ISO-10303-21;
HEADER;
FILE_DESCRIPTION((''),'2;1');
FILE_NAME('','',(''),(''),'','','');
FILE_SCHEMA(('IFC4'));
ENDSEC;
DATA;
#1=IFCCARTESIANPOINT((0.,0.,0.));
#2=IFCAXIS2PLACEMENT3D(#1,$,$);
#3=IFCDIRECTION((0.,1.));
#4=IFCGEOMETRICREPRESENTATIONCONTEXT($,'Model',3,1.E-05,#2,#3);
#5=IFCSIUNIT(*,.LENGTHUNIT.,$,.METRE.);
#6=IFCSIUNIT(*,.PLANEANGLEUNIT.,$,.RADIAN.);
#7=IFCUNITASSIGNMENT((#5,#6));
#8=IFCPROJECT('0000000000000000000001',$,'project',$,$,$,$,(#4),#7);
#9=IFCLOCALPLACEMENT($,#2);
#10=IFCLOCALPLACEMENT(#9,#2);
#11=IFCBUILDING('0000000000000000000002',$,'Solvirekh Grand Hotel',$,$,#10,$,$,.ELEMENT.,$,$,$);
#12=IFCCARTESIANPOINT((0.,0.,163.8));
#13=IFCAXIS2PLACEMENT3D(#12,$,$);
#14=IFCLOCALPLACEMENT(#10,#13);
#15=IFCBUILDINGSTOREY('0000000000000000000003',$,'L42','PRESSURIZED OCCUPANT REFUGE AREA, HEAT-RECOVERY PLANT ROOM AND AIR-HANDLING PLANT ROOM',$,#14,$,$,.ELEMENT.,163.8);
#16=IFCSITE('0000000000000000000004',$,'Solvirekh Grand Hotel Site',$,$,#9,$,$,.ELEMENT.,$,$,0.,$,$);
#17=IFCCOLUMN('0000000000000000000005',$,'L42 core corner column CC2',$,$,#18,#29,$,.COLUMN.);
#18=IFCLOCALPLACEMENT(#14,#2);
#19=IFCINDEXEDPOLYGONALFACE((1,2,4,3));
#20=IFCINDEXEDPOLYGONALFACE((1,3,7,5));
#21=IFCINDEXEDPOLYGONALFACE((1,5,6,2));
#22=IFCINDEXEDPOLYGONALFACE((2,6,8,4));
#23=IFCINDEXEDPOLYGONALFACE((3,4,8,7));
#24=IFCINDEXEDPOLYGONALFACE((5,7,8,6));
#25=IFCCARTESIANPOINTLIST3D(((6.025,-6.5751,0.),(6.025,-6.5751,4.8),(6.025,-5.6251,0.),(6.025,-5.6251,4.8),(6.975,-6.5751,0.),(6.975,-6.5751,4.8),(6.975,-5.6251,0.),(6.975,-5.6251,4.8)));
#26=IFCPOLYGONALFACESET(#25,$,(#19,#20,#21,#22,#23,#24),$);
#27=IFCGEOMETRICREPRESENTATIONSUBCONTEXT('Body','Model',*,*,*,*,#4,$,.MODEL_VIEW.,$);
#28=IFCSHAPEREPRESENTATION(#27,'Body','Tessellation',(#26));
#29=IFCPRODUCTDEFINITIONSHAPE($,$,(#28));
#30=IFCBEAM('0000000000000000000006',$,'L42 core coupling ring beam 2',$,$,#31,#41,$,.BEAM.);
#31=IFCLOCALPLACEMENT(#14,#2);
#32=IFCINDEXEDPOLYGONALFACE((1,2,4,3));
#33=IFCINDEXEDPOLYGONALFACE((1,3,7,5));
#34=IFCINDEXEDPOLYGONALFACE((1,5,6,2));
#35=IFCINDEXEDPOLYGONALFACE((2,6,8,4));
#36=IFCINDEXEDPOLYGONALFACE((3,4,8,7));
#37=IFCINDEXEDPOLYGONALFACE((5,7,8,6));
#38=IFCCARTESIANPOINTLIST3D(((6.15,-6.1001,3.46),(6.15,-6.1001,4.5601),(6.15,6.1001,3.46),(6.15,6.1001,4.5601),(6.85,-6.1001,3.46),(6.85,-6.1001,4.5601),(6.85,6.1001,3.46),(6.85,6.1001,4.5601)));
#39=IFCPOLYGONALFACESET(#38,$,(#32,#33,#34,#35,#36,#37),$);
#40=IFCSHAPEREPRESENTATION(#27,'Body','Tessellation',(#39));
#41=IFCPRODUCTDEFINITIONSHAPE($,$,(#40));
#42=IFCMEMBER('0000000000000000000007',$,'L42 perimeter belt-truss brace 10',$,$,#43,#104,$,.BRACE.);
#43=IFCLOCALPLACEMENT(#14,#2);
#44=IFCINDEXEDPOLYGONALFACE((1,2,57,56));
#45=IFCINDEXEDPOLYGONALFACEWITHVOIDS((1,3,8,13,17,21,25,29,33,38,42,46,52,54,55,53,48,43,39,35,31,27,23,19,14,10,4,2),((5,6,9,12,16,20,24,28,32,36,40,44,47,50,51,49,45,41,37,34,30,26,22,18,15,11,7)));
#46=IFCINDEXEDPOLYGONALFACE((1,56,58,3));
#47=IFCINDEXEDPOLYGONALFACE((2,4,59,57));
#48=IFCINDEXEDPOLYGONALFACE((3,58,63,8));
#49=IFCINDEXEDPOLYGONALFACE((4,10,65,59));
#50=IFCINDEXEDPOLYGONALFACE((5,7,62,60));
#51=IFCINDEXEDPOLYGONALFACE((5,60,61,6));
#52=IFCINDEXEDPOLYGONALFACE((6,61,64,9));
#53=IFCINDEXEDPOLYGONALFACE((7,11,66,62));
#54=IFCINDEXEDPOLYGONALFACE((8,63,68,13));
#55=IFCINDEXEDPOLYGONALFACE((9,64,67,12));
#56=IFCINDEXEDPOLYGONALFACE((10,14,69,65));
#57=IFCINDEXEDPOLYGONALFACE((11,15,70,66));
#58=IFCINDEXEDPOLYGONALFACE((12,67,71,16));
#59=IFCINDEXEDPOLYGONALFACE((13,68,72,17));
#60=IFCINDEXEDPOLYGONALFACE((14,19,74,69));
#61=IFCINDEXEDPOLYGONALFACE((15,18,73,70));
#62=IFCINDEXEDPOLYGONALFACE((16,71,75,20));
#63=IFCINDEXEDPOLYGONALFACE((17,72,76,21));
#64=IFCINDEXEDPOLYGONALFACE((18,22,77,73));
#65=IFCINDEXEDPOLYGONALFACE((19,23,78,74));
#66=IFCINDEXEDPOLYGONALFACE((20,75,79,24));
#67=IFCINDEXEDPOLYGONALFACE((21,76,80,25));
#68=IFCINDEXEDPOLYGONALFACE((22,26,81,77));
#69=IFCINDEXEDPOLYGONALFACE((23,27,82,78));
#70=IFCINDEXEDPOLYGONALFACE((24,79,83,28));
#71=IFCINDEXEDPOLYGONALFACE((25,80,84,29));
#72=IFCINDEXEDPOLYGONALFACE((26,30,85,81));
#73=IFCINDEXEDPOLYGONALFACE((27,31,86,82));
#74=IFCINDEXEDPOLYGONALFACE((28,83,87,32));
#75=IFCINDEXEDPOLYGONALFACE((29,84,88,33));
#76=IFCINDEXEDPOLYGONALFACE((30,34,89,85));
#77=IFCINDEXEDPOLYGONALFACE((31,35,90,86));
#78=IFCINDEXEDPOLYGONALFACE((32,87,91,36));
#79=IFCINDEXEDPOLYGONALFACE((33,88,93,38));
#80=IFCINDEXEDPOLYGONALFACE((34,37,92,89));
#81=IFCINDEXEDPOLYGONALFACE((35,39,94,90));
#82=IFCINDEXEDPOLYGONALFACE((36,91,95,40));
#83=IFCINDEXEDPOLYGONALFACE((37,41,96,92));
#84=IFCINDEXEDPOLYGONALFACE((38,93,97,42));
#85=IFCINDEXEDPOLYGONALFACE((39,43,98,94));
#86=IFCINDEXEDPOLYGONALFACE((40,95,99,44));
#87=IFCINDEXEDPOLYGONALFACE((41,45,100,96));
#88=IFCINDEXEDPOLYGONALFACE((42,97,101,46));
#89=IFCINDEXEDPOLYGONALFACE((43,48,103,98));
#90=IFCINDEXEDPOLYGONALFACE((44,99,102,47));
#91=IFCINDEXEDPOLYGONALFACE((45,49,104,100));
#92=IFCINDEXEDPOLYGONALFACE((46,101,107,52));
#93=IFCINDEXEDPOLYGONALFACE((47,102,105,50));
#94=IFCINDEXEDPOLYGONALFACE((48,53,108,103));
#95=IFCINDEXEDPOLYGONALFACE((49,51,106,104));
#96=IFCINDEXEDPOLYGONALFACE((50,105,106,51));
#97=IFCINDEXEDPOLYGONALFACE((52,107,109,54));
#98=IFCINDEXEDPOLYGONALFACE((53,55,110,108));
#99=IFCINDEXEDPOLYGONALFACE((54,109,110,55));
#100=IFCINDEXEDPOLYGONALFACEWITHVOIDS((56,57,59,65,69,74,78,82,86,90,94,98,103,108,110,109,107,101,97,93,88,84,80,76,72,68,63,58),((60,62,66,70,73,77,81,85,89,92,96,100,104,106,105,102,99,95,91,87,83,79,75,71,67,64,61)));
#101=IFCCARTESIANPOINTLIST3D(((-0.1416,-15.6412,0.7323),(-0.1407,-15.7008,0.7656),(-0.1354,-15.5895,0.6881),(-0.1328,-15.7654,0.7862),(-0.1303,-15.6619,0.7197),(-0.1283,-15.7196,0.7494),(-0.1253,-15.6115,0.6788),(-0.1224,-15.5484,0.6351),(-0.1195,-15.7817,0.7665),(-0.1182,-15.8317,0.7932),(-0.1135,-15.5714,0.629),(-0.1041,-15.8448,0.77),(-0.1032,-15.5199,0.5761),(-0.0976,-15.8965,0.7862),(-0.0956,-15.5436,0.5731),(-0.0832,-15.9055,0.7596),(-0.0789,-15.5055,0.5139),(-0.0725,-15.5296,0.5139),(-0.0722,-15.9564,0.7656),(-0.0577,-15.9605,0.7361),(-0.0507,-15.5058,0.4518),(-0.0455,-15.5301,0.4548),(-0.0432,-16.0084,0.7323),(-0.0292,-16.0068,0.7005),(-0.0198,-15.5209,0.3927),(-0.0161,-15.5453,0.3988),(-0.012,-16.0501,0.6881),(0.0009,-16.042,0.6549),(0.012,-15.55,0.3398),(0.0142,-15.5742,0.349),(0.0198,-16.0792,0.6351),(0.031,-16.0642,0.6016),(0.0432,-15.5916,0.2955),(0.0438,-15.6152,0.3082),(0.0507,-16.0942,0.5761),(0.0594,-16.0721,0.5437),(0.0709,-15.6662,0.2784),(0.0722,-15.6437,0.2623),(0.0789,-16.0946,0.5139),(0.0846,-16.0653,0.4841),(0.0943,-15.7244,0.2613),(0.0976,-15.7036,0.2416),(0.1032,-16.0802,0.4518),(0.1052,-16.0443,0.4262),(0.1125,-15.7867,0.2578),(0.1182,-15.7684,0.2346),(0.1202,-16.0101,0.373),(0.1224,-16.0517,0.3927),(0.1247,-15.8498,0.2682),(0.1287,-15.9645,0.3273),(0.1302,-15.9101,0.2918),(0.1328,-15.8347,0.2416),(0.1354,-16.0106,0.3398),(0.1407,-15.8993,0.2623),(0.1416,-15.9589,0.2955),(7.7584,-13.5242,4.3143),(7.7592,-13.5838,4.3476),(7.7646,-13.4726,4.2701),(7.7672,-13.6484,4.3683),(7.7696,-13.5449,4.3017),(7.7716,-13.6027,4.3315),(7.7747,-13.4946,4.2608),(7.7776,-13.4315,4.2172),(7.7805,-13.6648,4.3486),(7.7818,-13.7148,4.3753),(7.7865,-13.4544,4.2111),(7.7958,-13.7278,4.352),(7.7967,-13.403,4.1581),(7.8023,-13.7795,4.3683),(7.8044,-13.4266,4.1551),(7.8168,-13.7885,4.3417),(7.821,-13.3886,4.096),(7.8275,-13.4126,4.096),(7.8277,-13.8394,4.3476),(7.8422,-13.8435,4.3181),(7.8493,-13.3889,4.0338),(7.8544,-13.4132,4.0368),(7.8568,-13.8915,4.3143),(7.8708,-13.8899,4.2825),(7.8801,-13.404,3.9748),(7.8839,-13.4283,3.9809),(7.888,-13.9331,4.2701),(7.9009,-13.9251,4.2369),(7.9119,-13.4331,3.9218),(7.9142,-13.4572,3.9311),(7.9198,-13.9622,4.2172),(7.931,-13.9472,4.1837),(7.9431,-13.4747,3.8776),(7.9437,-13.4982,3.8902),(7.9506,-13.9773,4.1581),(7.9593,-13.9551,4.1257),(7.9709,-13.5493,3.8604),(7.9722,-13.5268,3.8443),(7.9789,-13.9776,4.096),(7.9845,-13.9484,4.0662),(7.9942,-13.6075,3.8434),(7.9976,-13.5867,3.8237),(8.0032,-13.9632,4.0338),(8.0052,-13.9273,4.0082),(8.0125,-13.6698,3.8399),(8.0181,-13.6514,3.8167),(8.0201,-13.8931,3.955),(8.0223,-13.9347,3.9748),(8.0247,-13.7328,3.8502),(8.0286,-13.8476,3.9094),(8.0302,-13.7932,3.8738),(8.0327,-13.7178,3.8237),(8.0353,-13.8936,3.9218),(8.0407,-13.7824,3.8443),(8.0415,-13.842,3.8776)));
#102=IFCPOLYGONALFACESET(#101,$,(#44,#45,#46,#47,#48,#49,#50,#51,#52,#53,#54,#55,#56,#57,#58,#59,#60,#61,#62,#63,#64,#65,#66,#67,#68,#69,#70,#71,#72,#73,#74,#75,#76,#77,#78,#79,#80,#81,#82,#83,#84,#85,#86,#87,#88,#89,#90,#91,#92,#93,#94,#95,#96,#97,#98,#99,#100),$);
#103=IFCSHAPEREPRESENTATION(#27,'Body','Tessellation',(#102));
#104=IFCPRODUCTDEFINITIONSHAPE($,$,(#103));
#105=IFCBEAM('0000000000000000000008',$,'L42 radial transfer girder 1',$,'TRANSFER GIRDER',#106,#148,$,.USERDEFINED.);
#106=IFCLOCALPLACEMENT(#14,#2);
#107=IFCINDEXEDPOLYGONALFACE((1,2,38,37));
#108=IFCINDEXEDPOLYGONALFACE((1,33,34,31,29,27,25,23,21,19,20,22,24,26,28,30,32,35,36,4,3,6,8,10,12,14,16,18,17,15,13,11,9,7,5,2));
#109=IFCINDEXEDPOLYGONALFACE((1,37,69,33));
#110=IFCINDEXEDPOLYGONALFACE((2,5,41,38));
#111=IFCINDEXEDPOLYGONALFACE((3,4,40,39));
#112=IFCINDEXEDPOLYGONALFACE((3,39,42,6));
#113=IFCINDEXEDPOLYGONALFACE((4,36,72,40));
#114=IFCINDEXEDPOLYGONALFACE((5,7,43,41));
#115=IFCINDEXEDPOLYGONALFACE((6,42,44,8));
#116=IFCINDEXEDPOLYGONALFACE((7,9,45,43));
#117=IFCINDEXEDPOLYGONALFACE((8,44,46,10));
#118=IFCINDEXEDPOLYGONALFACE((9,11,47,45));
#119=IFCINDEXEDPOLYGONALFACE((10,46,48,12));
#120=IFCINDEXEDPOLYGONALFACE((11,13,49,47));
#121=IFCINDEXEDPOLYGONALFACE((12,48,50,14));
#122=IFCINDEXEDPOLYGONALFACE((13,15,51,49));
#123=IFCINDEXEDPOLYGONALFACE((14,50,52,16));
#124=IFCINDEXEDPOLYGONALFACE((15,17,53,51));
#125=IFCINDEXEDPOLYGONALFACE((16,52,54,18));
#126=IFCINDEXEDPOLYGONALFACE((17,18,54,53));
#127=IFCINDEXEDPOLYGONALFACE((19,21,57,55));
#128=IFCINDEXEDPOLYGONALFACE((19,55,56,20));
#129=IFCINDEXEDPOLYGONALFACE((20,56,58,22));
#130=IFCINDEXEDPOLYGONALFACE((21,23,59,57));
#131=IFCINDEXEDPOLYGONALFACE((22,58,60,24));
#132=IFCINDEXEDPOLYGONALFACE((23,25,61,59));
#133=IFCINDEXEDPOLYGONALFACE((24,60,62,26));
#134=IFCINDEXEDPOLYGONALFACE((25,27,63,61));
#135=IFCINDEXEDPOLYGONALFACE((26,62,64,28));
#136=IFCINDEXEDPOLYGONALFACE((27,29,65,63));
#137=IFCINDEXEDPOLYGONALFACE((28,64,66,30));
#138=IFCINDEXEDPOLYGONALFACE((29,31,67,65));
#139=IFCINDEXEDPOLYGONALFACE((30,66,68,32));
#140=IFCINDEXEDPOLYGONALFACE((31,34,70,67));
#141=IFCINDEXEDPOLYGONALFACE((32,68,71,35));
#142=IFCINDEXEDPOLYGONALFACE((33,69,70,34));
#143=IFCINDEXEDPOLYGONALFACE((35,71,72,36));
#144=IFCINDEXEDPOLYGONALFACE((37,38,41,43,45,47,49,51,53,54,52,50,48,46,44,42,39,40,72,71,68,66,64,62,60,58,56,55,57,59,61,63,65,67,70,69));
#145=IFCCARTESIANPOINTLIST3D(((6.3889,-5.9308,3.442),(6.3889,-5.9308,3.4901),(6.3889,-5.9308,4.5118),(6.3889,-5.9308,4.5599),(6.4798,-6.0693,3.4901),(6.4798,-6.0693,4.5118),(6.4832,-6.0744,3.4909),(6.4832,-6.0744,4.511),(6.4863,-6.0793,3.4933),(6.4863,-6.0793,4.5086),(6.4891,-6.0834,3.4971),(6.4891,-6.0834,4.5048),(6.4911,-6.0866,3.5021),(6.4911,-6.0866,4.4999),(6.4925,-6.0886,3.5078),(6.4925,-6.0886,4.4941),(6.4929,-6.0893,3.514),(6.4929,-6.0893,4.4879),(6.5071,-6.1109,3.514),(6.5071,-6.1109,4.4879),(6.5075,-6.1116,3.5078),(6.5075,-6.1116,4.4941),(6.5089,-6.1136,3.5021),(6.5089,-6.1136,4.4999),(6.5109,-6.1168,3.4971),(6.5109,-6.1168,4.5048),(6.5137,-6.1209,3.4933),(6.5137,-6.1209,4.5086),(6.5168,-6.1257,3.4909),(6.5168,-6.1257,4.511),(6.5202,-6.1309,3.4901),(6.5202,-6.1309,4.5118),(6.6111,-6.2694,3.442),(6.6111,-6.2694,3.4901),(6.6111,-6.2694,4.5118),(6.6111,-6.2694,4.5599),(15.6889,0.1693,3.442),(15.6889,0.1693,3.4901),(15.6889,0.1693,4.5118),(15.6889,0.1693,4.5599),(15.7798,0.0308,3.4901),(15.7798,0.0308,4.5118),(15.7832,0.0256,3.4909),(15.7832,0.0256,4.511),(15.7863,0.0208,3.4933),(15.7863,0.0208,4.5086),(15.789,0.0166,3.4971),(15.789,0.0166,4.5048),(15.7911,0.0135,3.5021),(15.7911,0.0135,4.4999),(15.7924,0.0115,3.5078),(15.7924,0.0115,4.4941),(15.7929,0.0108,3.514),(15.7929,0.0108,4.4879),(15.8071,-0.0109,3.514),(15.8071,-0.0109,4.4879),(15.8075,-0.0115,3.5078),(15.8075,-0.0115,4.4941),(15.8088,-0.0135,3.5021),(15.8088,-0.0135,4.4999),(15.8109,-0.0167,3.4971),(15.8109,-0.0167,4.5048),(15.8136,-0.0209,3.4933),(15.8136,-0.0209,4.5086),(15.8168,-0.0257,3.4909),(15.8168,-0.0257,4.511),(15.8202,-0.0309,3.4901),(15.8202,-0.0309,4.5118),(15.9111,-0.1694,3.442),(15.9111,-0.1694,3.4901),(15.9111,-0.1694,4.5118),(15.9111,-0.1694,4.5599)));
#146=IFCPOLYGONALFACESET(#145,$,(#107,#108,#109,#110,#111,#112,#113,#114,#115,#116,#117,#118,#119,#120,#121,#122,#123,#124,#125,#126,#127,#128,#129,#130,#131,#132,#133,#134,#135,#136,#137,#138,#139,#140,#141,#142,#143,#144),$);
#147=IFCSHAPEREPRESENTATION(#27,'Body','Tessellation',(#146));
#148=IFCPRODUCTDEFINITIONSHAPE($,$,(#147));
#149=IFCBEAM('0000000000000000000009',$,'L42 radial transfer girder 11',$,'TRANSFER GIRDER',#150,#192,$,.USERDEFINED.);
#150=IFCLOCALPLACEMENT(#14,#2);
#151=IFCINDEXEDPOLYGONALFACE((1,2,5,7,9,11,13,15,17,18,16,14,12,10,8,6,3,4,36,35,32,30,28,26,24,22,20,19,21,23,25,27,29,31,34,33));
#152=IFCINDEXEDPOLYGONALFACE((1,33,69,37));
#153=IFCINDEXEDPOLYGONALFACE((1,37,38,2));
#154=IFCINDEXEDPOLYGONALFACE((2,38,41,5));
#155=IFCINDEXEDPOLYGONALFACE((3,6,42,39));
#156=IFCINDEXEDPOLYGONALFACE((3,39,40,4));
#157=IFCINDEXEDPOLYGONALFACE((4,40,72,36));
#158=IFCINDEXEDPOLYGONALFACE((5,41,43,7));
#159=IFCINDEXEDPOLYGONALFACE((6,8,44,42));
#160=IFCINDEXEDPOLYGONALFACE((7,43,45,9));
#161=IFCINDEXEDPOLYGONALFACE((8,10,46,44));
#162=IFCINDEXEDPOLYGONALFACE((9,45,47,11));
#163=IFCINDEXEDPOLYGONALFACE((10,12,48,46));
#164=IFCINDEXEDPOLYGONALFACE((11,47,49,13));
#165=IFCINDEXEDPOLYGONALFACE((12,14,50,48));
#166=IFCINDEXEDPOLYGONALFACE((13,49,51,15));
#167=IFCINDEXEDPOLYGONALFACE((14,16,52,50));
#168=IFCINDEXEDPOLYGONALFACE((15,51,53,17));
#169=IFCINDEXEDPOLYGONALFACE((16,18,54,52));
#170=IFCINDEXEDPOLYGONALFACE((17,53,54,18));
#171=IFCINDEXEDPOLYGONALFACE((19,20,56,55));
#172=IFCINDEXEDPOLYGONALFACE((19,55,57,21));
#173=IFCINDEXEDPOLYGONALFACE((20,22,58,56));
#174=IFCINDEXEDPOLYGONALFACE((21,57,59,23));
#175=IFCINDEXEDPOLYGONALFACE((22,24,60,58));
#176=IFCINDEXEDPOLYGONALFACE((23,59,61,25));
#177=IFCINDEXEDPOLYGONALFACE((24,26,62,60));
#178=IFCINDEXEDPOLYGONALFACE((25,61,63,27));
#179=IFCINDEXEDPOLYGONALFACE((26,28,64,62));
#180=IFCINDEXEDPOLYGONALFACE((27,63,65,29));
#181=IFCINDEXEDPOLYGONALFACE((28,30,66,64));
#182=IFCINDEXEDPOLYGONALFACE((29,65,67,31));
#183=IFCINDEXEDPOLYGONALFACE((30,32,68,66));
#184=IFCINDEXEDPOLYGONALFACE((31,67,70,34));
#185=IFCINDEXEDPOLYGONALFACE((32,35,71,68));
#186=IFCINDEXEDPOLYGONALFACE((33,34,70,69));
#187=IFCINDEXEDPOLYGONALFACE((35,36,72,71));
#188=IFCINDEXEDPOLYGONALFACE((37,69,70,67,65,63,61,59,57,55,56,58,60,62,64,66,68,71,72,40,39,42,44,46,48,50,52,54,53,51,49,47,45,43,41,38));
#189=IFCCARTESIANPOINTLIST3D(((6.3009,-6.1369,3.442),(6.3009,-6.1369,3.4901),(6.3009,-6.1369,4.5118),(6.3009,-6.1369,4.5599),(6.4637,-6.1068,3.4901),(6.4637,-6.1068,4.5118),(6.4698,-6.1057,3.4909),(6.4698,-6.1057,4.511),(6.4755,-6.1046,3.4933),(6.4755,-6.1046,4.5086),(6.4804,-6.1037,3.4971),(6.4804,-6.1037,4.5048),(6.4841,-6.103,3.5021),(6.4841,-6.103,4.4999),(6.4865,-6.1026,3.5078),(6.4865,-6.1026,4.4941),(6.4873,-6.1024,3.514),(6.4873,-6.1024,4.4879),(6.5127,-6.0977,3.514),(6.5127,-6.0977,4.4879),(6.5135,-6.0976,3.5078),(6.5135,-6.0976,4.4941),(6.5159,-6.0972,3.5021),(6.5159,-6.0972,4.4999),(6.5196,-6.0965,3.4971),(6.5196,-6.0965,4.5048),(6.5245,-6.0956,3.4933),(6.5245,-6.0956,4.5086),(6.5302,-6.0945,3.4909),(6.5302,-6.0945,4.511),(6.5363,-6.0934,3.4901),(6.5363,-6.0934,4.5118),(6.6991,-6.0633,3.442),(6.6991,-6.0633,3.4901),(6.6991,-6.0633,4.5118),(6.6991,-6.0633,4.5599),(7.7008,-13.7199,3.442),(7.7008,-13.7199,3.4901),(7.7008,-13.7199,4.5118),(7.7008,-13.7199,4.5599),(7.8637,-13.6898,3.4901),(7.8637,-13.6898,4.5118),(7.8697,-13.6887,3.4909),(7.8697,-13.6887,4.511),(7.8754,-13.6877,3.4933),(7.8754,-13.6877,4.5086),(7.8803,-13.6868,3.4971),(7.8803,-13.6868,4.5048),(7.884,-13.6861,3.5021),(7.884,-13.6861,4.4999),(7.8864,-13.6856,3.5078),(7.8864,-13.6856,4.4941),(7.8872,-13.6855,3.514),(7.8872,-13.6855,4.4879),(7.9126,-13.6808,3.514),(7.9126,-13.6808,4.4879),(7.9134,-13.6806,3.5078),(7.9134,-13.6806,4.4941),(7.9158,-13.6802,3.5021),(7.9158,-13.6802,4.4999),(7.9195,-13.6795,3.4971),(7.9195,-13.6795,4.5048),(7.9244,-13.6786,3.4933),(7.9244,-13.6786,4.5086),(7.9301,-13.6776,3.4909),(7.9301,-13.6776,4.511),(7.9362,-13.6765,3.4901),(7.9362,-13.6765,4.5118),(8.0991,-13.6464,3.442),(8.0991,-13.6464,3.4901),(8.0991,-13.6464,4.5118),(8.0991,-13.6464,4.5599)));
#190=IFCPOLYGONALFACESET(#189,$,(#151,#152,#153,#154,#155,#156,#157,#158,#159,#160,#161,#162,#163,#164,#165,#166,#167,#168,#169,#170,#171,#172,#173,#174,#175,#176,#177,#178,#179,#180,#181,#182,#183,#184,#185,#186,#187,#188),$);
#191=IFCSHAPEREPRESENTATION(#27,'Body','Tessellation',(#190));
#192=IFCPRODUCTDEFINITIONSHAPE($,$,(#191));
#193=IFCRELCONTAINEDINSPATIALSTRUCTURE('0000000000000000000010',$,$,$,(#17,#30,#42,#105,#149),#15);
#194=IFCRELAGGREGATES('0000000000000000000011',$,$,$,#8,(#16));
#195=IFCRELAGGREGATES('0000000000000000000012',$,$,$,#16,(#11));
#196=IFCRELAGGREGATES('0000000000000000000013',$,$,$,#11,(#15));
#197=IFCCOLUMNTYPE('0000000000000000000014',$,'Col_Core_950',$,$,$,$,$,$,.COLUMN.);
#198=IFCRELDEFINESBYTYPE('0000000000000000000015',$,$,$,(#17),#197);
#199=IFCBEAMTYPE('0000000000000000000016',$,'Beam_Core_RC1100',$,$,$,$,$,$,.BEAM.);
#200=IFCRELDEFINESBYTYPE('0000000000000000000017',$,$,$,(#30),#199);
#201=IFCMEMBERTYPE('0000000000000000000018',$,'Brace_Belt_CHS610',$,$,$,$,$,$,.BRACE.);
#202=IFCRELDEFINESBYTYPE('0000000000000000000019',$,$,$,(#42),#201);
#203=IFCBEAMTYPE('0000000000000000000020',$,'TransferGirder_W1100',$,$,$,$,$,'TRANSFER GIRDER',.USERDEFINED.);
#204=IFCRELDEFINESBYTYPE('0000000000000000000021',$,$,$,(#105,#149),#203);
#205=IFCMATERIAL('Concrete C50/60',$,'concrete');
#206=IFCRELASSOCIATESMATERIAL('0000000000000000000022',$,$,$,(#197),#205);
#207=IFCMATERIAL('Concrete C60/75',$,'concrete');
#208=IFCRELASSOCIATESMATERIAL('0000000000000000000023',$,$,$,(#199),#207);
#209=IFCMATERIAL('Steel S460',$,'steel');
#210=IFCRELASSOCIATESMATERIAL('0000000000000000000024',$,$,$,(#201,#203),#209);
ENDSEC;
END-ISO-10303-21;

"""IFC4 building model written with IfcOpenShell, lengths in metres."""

from ifc_helpers import new_model, si_unit, direction, frame, origin, origin_2d, place, context, subcontext, project, spatial, rectangle, hollow_circle, i_section, extrude, material, material_profile, profile_set, type_object, element, save


model = new_model("IFC4")

# Units and contexts
model_context = context("Model", 3, precision=1e-05, world=origin(), true_north=direction((0.0, 1.0)))
body_context = subcontext(model_context, "Body", "Model", "MODEL_VIEW")
ifc_project = project(units=[si_unit("LENGTHUNIT", "METRE"), si_unit("PLANEANGLEUNIT", "RADIAN")], contexts=[model_context])

# Site, building, storey
site_placement = place(None, origin())
site = spatial("IfcSite", under=ifc_project, at=site_placement, Name="Solvirekh Grand Hotel Site", CompositionType="ELEMENT", RefElevation=0.0)
building_placement = place(site_placement, origin())
building = spatial("IfcBuilding", under=site, at=building_placement, Name="Solvirekh Grand Hotel", CompositionType="ELEMENT")
storey_placement = place(building_placement, frame((0.0, 0.0, 163.8)))
storey = spatial("IfcBuildingStorey", under=building, at=storey_placement, Name="L42", Description="PRESSURIZED OCCUPANT REFUGE AREA, HEAT-RECOVERY PLANT ROOM AND AIR-HANDLING PLANT ROOM", CompositionType="ELEMENT", Elevation=163.8)

# Column
ifc_material_1 = material(Name="Concrete C50/60", Category="concrete")
ifc_material_profile_1 = material_profile(ifc_material_1, rectangle(XDim=0.95, YDim=0.95, at=origin_2d()), Name="RC 950X950")
ifc_profile_set_1 = profile_set([ifc_material_profile_1], Name="Concrete C50/60")
column_type = type_object("IfcColumnType", Name="Col_Core_950", PredefinedType="COLUMN", material=ifc_profile_set_1)
column_placement = place(storey_placement, frame((6.5, -6.1001, 0.0), z_axis=(0.0, 0.0, 1.0), x_axis=(1.0, 0.0, 0.0)))
element("IfcColumn", 1, at=column_placement, inside=storey, type_object=column_type, Name="L42 core corner column CC2", PredefinedType="COLUMN", context=body_context, shape_type="SweptSolid", body=[
    extrude(rectangle(XDim=0.95, YDim=0.95, at=origin_2d()), origin(), (0.0, 0.0, 1.0), 4.8),
])

# Beam
ifc_material_2 = material(Name="Concrete C60/75", Category="concrete")
ifc_material_profile_2 = material_profile(ifc_material_2, rectangle(XDim=0.7, YDim=1.1001, at=origin_2d()), Name="RC BEAM 700X1100")
ifc_profile_set_2 = profile_set([ifc_material_profile_2], Name="Concrete C60/75")
beam_type_1 = type_object("IfcBeamType", Name="Beam_Core_RC1100", PredefinedType="BEAM", material=ifc_profile_set_2)
beam_1_placement = place(storey_placement, frame((6.5, -6.1001, 4.01), z_axis=(0.0, 1.0, 0.0), x_axis=(-1.0, 0.0, 0.0)))
element("IfcBeam", 2, at=beam_1_placement, inside=storey, type_object=beam_type_1, Name="L42 core coupling ring beam 2", PredefinedType="BEAM", context=body_context, shape_type="SweptSolid", body=[
    extrude(rectangle(XDim=0.7, YDim=1.1001, at=origin_2d()), origin(), (0.0, 0.0, 1.0), 12.2002),
])

# Member
ifc_material_3 = material(Name="Steel S460", Category="steel")
ifc_material_profile_3 = material_profile(ifc_material_3, hollow_circle(Radius=0.3049, WallThickness=0.0249, at=origin_2d()), Name="CHS 610X25")
ifc_profile_set_3 = profile_set([ifc_material_profile_3], Name="Steel S460")
member_type = type_object("IfcMemberType", Name="Brace_Belt_CHS610", PredefinedType="BRACE", material=ifc_profile_set_3)
member_placement = place(storey_placement, frame((0.0, -15.8, 0.5139), z_axis=(0.884781, 0.237095, 0.401184), x_axis=(-0.258839, 0.965921, 0.0)))
element("IfcMember", 3, at=member_placement, inside=storey, type_object=member_type, Name="L42 perimeter belt-truss brace 10", PredefinedType="BRACE", context=body_context, shape_type="SweptSolid", body=[
    extrude(hollow_circle(Radius=0.3049, WallThickness=0.0249, at=origin_2d()), origin(), (0.0, 0.0, 1.0), 8.9287),
])

# Beams
ifc_material_profile_4 = material_profile(ifc_material_3, i_section(OverallWidth=0.405, OverallDepth=1.1179, WebThickness=0.0259, FlangeThickness=0.0481, FilletRadius=0.0239, at=origin_2d()), Name="W1100X499")
ifc_profile_set_4 = profile_set([ifc_material_profile_4], Name="Steel S460")
beam_type_2 = type_object("IfcBeamType", Name="TransferGirder_W1100", ElementType="TRANSFER GIRDER", PredefinedType="USERDEFINED", material=ifc_profile_set_4)
beam_2_placement = place(storey_placement, frame((6.5, -6.1001, 4.001), z_axis=(0.836174, 0.548464, 0.0), x_axis=(-0.548464, 0.836174, 0.0)))
element("IfcBeam", 4, at=beam_2_placement, inside=storey, type_object=beam_type_2, Name="L42 radial transfer girder 1", ObjectType="TRANSFER GIRDER", PredefinedType="USERDEFINED", context=body_context, shape_type="SweptSolid", body=[
    extrude(i_section(OverallWidth=0.405, OverallDepth=1.1179, WebThickness=0.0259, FlangeThickness=0.0481, FilletRadius=0.0239, at=origin_2d()), origin(), (0.0, 0.0, 1.0), 11.1221),
])
beam_3_placement = place(storey_placement, frame((6.5, -6.1001, 4.001), z_axis=(0.181543, -0.983383, 0.0), x_axis=(0.983383, 0.181543, 0.0)))
element("IfcBeam", 5, at=beam_3_placement, inside=storey, type_object=beam_type_2, Name="L42 radial transfer girder 11", ObjectType="TRANSFER GIRDER", PredefinedType="USERDEFINED", context=body_context, shape_type="SweptSolid", body=[
    extrude(i_section(OverallWidth=0.405, OverallDepth=1.1179, WebThickness=0.0259, FlangeThickness=0.0481, FilletRadius=0.0239, at=origin_2d()), origin(), (0.0, 0.0, 1.0), 7.7112),
])

save(model, "model.ifc")
